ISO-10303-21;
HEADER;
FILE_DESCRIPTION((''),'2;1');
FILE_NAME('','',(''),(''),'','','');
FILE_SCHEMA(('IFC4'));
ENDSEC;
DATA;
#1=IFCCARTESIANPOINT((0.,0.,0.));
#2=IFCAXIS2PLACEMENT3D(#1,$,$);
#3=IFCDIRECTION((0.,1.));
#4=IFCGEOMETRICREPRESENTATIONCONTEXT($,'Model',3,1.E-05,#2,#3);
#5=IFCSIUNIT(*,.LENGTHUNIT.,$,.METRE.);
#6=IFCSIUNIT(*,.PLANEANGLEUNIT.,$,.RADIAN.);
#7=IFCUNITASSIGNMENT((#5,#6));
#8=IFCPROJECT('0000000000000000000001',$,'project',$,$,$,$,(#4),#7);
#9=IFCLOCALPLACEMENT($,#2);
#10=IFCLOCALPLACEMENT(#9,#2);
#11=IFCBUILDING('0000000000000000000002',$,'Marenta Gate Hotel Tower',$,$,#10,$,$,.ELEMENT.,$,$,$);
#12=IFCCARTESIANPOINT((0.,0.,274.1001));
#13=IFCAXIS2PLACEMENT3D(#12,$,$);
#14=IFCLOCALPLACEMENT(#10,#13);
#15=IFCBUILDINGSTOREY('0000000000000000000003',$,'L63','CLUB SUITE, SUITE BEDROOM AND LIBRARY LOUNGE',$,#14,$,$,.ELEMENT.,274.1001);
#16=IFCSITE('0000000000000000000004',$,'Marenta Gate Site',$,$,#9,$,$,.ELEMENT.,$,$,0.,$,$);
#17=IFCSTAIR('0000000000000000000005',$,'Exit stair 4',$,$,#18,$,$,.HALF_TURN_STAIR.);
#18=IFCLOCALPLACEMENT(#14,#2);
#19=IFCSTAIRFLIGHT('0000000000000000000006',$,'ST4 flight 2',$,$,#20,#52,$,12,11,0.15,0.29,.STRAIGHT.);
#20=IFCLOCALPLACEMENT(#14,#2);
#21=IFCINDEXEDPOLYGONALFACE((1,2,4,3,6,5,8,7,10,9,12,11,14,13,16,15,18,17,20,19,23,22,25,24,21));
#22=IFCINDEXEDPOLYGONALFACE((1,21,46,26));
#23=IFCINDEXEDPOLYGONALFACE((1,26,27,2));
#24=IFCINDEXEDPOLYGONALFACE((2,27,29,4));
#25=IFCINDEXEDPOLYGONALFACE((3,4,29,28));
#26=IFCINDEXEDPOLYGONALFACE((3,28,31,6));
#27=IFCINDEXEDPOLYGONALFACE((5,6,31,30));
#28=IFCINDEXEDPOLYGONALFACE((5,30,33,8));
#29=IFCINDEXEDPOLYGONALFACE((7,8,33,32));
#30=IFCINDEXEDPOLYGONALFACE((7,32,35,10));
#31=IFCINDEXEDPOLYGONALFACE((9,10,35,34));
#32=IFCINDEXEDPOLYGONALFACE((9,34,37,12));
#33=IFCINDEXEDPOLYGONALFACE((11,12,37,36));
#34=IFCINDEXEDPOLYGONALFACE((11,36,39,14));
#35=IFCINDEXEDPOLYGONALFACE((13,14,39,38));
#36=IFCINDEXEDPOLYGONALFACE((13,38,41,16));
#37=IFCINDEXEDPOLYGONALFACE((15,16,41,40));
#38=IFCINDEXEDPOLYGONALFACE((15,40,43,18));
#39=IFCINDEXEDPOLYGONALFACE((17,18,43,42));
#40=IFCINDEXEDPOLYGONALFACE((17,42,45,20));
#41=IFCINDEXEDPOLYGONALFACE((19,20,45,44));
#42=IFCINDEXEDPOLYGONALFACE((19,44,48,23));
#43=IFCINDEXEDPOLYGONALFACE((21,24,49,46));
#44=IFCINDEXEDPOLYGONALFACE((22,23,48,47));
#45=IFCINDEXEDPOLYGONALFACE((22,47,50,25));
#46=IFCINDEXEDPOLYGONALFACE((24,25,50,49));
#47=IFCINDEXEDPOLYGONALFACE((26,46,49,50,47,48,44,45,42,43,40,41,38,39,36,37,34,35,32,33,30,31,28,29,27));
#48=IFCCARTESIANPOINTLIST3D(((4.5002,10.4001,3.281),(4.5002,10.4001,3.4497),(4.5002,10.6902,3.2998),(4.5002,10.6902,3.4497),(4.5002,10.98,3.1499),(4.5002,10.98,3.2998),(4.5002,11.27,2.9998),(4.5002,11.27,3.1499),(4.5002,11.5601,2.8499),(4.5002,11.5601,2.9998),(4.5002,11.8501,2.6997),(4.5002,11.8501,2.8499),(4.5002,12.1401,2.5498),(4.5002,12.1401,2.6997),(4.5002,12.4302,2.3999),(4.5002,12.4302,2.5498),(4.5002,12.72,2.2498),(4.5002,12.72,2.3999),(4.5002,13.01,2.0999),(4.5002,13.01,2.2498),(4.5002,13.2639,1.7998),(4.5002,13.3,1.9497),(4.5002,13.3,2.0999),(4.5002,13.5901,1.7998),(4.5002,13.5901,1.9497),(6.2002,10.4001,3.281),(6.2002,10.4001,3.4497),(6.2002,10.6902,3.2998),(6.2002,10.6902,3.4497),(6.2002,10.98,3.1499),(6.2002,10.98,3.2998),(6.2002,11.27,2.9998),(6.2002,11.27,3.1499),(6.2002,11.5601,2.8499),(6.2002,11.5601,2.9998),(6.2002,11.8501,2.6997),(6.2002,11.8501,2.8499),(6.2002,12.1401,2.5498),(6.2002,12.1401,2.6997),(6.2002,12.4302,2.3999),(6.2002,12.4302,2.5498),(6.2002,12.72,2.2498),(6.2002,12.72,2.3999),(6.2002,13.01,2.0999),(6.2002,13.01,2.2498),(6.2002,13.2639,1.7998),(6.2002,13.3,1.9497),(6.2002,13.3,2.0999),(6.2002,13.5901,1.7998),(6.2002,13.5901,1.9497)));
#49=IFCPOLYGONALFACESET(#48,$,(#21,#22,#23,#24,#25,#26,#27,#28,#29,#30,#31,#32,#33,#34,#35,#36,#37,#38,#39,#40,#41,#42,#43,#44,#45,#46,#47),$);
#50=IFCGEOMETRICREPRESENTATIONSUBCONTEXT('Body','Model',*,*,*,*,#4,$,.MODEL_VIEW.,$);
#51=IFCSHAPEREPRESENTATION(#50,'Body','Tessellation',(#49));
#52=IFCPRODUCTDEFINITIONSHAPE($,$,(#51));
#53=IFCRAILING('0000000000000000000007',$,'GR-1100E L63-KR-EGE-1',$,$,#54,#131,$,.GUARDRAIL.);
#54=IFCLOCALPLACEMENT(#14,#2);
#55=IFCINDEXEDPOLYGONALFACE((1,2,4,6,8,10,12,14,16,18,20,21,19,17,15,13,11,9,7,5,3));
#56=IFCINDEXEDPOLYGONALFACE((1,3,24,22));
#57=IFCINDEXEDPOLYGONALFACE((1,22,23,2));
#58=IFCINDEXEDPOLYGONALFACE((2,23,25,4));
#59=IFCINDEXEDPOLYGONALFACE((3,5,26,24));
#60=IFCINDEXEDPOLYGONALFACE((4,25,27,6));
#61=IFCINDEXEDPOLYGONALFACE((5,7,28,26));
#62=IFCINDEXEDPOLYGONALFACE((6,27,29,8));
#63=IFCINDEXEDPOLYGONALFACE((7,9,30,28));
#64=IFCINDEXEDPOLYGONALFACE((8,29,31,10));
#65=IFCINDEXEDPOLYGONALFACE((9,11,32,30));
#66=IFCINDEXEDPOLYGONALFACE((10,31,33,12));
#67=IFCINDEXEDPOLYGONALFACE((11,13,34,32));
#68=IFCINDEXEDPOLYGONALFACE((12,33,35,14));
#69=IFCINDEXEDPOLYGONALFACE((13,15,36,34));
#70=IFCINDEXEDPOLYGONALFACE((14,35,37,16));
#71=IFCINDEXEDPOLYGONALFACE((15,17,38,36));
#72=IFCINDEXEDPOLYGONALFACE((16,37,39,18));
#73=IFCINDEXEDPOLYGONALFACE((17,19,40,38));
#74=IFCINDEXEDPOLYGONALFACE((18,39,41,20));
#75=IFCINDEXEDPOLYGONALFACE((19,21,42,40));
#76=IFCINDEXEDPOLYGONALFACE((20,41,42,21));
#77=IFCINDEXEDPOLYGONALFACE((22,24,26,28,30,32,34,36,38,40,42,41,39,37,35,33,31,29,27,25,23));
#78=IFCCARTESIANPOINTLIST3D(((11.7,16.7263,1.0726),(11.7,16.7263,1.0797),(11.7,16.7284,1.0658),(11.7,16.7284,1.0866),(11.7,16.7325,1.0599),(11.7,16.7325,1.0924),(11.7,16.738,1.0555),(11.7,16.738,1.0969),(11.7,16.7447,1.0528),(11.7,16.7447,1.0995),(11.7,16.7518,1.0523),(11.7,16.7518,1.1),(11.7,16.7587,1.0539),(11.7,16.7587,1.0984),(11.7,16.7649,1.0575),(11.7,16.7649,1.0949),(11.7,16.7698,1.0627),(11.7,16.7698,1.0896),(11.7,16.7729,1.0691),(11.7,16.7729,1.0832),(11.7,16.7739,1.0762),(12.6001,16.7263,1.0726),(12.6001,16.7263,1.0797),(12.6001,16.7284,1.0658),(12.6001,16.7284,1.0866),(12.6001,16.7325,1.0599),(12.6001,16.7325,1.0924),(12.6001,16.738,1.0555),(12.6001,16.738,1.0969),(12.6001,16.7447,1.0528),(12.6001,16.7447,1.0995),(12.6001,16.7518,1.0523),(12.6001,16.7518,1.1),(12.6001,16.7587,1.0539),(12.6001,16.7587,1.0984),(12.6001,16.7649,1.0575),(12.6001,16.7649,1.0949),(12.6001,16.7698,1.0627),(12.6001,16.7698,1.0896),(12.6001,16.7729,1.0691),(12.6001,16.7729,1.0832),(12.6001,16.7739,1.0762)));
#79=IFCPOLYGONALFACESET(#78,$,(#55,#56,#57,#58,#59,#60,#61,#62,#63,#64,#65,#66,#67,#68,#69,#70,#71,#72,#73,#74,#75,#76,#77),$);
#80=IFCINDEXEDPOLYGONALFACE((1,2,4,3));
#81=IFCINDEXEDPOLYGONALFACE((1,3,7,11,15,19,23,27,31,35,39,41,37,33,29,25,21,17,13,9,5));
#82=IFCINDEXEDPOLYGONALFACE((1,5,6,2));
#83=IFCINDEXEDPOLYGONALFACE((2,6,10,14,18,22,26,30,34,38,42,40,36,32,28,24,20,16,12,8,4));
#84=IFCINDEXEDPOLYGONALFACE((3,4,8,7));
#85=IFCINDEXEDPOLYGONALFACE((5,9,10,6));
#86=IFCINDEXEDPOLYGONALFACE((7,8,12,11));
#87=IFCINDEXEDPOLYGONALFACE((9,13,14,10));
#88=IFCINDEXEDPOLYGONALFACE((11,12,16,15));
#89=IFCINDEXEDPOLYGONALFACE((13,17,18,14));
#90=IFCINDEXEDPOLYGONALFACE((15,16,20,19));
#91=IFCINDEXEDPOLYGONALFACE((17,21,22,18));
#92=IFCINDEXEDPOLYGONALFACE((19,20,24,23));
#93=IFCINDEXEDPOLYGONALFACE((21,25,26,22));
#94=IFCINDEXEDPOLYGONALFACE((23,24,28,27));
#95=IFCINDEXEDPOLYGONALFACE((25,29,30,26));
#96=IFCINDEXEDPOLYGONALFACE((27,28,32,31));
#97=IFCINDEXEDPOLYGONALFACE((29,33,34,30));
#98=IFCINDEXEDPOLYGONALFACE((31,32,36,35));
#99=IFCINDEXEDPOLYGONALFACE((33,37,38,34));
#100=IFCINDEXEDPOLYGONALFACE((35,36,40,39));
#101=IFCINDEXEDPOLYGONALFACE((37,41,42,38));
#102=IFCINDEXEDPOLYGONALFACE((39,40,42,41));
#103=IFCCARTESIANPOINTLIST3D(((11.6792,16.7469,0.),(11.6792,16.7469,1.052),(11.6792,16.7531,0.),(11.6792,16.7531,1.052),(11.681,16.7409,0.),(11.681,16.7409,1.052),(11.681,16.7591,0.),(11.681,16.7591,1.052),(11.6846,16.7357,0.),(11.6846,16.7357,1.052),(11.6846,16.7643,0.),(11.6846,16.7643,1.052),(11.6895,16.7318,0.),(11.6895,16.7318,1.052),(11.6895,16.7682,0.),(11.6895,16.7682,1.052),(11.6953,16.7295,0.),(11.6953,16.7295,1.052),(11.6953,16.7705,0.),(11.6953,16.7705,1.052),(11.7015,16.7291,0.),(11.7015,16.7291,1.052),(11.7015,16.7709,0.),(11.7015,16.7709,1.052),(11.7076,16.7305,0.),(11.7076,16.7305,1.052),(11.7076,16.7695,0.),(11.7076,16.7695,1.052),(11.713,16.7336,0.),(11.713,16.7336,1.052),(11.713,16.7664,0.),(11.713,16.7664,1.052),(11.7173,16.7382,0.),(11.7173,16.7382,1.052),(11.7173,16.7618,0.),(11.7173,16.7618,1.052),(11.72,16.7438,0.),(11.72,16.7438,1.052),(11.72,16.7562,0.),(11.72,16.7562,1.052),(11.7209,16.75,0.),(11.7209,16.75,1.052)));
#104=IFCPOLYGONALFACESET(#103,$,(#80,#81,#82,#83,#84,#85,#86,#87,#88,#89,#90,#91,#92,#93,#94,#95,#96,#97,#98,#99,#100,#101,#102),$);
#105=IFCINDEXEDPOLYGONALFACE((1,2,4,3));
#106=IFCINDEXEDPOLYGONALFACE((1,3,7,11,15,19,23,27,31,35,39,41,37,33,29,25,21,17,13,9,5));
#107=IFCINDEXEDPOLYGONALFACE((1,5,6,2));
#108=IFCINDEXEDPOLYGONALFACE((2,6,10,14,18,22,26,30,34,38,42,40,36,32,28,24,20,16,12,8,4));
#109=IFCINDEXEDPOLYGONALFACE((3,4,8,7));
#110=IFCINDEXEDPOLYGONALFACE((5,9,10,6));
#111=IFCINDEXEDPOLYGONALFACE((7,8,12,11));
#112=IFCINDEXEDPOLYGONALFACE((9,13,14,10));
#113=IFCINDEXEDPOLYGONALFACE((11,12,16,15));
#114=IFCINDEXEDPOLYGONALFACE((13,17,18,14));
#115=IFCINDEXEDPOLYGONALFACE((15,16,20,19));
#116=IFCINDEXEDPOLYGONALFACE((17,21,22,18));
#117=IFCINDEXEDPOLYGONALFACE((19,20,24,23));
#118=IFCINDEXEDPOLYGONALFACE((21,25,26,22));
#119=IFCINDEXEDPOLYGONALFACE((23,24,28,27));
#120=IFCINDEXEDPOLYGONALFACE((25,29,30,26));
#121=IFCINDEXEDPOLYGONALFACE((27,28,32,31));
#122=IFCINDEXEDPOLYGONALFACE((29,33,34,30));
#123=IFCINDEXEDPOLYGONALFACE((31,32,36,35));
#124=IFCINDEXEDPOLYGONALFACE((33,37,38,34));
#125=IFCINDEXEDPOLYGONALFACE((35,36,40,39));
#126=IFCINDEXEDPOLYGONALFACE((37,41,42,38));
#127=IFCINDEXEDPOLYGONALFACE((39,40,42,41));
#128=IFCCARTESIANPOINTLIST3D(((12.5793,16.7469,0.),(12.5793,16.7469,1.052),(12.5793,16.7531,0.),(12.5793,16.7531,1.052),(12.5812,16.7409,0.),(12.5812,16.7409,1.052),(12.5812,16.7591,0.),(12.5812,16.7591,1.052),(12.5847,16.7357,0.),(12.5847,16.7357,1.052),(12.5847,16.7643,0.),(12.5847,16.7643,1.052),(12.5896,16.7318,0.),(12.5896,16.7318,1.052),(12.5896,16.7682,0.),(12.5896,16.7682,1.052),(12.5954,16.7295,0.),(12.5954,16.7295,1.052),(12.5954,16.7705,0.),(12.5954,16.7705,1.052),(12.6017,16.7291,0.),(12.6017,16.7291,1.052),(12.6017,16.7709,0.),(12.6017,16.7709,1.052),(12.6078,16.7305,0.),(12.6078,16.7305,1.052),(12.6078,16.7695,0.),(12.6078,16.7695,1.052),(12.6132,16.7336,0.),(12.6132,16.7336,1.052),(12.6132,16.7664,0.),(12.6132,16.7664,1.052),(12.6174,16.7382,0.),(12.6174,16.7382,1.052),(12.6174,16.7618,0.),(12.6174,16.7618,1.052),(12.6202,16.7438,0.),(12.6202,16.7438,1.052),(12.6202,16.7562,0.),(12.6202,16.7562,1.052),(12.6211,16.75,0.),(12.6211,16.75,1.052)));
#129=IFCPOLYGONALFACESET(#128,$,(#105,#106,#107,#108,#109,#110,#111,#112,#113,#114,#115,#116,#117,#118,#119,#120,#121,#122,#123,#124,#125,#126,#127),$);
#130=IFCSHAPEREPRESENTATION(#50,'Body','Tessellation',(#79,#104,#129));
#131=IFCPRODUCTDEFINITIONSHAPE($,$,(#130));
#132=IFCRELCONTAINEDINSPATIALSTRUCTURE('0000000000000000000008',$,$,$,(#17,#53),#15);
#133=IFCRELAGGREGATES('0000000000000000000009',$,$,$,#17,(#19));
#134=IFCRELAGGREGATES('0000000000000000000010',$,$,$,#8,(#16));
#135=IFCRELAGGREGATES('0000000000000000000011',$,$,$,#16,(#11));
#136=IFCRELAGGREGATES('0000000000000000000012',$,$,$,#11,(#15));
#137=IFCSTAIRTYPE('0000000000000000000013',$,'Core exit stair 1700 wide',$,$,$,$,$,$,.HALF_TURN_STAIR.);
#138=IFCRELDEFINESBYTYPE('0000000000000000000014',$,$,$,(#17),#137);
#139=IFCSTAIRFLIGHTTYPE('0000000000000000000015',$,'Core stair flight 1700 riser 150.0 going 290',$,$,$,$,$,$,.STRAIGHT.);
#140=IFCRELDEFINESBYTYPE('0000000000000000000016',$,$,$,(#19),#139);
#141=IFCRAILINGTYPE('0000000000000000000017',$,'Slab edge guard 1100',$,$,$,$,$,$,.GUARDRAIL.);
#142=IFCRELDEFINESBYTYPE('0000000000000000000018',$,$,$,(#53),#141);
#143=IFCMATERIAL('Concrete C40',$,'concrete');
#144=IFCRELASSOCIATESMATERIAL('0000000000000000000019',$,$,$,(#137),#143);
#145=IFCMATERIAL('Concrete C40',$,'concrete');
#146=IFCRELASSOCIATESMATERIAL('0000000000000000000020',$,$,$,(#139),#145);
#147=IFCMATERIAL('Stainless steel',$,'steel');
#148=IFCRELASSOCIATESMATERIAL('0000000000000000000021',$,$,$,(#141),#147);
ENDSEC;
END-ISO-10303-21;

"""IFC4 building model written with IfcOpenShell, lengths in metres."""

from ifc_helpers import new_model, si_unit, direction, frame, origin, origin_2d, place, context, subcontext, project, spatial, polyline, circle, outline, extrude, material, type_object, element, aggregate, save


model = new_model("IFC4")

# Units and contexts
model_context = context("Model", 3, precision=1e-05, world=origin(), true_north=direction((0.0, 1.0)))
body_context = subcontext(model_context, "Body", "Model", "MODEL_VIEW")
ifc_project = project(units=[si_unit("LENGTHUNIT", "METRE"), si_unit("PLANEANGLEUNIT", "RADIAN")], contexts=[model_context])

# Site, building, storey
site_placement = place(None, origin())
site = spatial("IfcSite", under=ifc_project, at=site_placement, Name="Marenta Gate Site", CompositionType="ELEMENT", RefElevation=0.0)
building_placement = place(site_placement, origin())
building = spatial("IfcBuilding", under=site, at=building_placement, Name="Marenta Gate Hotel Tower", CompositionType="ELEMENT")
storey_placement = place(building_placement, frame((0.0, 0.0, 274.1001)))
storey = spatial("IfcBuildingStorey", under=building, at=storey_placement, Name="L63", Description="CLUB SUITE, SUITE BEDROOM AND LIBRARY LOUNGE", CompositionType="ELEMENT", Elevation=274.1001)

# Stair, stair flight
ifc_material_1 = material(Name="Concrete C40", Category="concrete")
stair_type = type_object("IfcStairType", Name="Core exit stair 1700 wide", PredefinedType="HALF_TURN_STAIR", material=ifc_material_1)
stair_placement = place(storey_placement, origin())
stair = element("IfcStair", 1, at=stair_placement, inside=storey, type_object=stair_type, Name="Exit stair 4", PredefinedType="HALF_TURN_STAIR")
ifc_material_2 = material(Name="Concrete C40", Category="concrete")
stair_flight_type = type_object("IfcStairFlightType", Name="Core stair flight 1700 riser 150.0 going 290", PredefinedType="STRAIGHT", material=ifc_material_2)
stair_flight_1_placement = place(storey_placement, frame((5.3501, 13.5901, 1.7998), z_axis=(0.0, 0.0, 1.0), x_axis=(0.0, -1.0, 0.0)))
stair_flight_1 = element("IfcStairFlight", 2, at=stair_flight_1_placement, type_object=stair_flight_type, Name="ST4 flight 2", NumberOfRisers=12, NumberOfTreads=11, PredefinedType="STRAIGHT", RiserHeight=0.15, TreadLength=0.29, context=body_context, shape_type="SweptSolid", body=[
    extrude(outline(polyline([(0.0, 0.0), (0.0, 0.1499), (0.29, 0.1499), (0.29, 0.3), (0.5801, 0.3), (0.5801, 0.45), (0.8701, 0.45), (0.8701, 0.6001), (1.1599, 0.6001), (1.1599, 0.75), (1.45, 0.75), (1.45, 0.8999), (1.74, 0.8999), (1.74, 1.05), (2.03, 1.05), (2.03, 1.2), (2.3201, 1.2), (2.3201, 1.3501), (2.6101, 1.3501), (2.6101, 1.5), (2.8999, 1.5), (2.8999, 1.6499), (3.1899, 1.6499), (3.1899, 1.8), (3.1899, 1.4812), (0.3262, 0.0), (0.0, 0.0)])), frame((0.0, 0.8501, 0.0), z_axis=(0.0, -1.0, 0.0), x_axis=(1.0, 0.0, 0.0)), (0.0, 0.0, 1.0), 1.7),
])
aggregate(stair, [stair_flight_1])

# Railing
ifc_material_3 = material(Name="Stainless steel", Category="steel")
railing_type_1 = type_object("IfcRailingType", Name="Slab edge guard 1100", PredefinedType="GUARDRAIL", material=ifc_material_3)
railing_1_placement = place(storey_placement, frame((11.7, 16.75, 0.0)))
element("IfcRailing", 3, at=railing_1_placement, inside=storey, type_object=railing_type_1, Name="GR-1100E L63-KR-EGE-1", PredefinedType="GUARDRAIL", context=body_context, shape_type="SweptSolid", body=[
    extrude(circle(Radius=0.0239, at=origin_2d()), frame((0.0, 0.0, 1.0762), z_axis=(1.0, 0.0, 0.0), x_axis=(0.0, 1.0, 0.0)), (0.0, 0.0, 1.0), 0.9001),
    extrude(circle(Radius=0.021, at=origin_2d()), origin(), (0.0, 0.0, 1.0), 1.052),
    extrude(circle(Radius=0.021, at=origin_2d()), frame((0.9001, 0.0, 0.0)), (0.0, 0.0, 1.0), 1.052),
])

save(model, "model.ifc")
